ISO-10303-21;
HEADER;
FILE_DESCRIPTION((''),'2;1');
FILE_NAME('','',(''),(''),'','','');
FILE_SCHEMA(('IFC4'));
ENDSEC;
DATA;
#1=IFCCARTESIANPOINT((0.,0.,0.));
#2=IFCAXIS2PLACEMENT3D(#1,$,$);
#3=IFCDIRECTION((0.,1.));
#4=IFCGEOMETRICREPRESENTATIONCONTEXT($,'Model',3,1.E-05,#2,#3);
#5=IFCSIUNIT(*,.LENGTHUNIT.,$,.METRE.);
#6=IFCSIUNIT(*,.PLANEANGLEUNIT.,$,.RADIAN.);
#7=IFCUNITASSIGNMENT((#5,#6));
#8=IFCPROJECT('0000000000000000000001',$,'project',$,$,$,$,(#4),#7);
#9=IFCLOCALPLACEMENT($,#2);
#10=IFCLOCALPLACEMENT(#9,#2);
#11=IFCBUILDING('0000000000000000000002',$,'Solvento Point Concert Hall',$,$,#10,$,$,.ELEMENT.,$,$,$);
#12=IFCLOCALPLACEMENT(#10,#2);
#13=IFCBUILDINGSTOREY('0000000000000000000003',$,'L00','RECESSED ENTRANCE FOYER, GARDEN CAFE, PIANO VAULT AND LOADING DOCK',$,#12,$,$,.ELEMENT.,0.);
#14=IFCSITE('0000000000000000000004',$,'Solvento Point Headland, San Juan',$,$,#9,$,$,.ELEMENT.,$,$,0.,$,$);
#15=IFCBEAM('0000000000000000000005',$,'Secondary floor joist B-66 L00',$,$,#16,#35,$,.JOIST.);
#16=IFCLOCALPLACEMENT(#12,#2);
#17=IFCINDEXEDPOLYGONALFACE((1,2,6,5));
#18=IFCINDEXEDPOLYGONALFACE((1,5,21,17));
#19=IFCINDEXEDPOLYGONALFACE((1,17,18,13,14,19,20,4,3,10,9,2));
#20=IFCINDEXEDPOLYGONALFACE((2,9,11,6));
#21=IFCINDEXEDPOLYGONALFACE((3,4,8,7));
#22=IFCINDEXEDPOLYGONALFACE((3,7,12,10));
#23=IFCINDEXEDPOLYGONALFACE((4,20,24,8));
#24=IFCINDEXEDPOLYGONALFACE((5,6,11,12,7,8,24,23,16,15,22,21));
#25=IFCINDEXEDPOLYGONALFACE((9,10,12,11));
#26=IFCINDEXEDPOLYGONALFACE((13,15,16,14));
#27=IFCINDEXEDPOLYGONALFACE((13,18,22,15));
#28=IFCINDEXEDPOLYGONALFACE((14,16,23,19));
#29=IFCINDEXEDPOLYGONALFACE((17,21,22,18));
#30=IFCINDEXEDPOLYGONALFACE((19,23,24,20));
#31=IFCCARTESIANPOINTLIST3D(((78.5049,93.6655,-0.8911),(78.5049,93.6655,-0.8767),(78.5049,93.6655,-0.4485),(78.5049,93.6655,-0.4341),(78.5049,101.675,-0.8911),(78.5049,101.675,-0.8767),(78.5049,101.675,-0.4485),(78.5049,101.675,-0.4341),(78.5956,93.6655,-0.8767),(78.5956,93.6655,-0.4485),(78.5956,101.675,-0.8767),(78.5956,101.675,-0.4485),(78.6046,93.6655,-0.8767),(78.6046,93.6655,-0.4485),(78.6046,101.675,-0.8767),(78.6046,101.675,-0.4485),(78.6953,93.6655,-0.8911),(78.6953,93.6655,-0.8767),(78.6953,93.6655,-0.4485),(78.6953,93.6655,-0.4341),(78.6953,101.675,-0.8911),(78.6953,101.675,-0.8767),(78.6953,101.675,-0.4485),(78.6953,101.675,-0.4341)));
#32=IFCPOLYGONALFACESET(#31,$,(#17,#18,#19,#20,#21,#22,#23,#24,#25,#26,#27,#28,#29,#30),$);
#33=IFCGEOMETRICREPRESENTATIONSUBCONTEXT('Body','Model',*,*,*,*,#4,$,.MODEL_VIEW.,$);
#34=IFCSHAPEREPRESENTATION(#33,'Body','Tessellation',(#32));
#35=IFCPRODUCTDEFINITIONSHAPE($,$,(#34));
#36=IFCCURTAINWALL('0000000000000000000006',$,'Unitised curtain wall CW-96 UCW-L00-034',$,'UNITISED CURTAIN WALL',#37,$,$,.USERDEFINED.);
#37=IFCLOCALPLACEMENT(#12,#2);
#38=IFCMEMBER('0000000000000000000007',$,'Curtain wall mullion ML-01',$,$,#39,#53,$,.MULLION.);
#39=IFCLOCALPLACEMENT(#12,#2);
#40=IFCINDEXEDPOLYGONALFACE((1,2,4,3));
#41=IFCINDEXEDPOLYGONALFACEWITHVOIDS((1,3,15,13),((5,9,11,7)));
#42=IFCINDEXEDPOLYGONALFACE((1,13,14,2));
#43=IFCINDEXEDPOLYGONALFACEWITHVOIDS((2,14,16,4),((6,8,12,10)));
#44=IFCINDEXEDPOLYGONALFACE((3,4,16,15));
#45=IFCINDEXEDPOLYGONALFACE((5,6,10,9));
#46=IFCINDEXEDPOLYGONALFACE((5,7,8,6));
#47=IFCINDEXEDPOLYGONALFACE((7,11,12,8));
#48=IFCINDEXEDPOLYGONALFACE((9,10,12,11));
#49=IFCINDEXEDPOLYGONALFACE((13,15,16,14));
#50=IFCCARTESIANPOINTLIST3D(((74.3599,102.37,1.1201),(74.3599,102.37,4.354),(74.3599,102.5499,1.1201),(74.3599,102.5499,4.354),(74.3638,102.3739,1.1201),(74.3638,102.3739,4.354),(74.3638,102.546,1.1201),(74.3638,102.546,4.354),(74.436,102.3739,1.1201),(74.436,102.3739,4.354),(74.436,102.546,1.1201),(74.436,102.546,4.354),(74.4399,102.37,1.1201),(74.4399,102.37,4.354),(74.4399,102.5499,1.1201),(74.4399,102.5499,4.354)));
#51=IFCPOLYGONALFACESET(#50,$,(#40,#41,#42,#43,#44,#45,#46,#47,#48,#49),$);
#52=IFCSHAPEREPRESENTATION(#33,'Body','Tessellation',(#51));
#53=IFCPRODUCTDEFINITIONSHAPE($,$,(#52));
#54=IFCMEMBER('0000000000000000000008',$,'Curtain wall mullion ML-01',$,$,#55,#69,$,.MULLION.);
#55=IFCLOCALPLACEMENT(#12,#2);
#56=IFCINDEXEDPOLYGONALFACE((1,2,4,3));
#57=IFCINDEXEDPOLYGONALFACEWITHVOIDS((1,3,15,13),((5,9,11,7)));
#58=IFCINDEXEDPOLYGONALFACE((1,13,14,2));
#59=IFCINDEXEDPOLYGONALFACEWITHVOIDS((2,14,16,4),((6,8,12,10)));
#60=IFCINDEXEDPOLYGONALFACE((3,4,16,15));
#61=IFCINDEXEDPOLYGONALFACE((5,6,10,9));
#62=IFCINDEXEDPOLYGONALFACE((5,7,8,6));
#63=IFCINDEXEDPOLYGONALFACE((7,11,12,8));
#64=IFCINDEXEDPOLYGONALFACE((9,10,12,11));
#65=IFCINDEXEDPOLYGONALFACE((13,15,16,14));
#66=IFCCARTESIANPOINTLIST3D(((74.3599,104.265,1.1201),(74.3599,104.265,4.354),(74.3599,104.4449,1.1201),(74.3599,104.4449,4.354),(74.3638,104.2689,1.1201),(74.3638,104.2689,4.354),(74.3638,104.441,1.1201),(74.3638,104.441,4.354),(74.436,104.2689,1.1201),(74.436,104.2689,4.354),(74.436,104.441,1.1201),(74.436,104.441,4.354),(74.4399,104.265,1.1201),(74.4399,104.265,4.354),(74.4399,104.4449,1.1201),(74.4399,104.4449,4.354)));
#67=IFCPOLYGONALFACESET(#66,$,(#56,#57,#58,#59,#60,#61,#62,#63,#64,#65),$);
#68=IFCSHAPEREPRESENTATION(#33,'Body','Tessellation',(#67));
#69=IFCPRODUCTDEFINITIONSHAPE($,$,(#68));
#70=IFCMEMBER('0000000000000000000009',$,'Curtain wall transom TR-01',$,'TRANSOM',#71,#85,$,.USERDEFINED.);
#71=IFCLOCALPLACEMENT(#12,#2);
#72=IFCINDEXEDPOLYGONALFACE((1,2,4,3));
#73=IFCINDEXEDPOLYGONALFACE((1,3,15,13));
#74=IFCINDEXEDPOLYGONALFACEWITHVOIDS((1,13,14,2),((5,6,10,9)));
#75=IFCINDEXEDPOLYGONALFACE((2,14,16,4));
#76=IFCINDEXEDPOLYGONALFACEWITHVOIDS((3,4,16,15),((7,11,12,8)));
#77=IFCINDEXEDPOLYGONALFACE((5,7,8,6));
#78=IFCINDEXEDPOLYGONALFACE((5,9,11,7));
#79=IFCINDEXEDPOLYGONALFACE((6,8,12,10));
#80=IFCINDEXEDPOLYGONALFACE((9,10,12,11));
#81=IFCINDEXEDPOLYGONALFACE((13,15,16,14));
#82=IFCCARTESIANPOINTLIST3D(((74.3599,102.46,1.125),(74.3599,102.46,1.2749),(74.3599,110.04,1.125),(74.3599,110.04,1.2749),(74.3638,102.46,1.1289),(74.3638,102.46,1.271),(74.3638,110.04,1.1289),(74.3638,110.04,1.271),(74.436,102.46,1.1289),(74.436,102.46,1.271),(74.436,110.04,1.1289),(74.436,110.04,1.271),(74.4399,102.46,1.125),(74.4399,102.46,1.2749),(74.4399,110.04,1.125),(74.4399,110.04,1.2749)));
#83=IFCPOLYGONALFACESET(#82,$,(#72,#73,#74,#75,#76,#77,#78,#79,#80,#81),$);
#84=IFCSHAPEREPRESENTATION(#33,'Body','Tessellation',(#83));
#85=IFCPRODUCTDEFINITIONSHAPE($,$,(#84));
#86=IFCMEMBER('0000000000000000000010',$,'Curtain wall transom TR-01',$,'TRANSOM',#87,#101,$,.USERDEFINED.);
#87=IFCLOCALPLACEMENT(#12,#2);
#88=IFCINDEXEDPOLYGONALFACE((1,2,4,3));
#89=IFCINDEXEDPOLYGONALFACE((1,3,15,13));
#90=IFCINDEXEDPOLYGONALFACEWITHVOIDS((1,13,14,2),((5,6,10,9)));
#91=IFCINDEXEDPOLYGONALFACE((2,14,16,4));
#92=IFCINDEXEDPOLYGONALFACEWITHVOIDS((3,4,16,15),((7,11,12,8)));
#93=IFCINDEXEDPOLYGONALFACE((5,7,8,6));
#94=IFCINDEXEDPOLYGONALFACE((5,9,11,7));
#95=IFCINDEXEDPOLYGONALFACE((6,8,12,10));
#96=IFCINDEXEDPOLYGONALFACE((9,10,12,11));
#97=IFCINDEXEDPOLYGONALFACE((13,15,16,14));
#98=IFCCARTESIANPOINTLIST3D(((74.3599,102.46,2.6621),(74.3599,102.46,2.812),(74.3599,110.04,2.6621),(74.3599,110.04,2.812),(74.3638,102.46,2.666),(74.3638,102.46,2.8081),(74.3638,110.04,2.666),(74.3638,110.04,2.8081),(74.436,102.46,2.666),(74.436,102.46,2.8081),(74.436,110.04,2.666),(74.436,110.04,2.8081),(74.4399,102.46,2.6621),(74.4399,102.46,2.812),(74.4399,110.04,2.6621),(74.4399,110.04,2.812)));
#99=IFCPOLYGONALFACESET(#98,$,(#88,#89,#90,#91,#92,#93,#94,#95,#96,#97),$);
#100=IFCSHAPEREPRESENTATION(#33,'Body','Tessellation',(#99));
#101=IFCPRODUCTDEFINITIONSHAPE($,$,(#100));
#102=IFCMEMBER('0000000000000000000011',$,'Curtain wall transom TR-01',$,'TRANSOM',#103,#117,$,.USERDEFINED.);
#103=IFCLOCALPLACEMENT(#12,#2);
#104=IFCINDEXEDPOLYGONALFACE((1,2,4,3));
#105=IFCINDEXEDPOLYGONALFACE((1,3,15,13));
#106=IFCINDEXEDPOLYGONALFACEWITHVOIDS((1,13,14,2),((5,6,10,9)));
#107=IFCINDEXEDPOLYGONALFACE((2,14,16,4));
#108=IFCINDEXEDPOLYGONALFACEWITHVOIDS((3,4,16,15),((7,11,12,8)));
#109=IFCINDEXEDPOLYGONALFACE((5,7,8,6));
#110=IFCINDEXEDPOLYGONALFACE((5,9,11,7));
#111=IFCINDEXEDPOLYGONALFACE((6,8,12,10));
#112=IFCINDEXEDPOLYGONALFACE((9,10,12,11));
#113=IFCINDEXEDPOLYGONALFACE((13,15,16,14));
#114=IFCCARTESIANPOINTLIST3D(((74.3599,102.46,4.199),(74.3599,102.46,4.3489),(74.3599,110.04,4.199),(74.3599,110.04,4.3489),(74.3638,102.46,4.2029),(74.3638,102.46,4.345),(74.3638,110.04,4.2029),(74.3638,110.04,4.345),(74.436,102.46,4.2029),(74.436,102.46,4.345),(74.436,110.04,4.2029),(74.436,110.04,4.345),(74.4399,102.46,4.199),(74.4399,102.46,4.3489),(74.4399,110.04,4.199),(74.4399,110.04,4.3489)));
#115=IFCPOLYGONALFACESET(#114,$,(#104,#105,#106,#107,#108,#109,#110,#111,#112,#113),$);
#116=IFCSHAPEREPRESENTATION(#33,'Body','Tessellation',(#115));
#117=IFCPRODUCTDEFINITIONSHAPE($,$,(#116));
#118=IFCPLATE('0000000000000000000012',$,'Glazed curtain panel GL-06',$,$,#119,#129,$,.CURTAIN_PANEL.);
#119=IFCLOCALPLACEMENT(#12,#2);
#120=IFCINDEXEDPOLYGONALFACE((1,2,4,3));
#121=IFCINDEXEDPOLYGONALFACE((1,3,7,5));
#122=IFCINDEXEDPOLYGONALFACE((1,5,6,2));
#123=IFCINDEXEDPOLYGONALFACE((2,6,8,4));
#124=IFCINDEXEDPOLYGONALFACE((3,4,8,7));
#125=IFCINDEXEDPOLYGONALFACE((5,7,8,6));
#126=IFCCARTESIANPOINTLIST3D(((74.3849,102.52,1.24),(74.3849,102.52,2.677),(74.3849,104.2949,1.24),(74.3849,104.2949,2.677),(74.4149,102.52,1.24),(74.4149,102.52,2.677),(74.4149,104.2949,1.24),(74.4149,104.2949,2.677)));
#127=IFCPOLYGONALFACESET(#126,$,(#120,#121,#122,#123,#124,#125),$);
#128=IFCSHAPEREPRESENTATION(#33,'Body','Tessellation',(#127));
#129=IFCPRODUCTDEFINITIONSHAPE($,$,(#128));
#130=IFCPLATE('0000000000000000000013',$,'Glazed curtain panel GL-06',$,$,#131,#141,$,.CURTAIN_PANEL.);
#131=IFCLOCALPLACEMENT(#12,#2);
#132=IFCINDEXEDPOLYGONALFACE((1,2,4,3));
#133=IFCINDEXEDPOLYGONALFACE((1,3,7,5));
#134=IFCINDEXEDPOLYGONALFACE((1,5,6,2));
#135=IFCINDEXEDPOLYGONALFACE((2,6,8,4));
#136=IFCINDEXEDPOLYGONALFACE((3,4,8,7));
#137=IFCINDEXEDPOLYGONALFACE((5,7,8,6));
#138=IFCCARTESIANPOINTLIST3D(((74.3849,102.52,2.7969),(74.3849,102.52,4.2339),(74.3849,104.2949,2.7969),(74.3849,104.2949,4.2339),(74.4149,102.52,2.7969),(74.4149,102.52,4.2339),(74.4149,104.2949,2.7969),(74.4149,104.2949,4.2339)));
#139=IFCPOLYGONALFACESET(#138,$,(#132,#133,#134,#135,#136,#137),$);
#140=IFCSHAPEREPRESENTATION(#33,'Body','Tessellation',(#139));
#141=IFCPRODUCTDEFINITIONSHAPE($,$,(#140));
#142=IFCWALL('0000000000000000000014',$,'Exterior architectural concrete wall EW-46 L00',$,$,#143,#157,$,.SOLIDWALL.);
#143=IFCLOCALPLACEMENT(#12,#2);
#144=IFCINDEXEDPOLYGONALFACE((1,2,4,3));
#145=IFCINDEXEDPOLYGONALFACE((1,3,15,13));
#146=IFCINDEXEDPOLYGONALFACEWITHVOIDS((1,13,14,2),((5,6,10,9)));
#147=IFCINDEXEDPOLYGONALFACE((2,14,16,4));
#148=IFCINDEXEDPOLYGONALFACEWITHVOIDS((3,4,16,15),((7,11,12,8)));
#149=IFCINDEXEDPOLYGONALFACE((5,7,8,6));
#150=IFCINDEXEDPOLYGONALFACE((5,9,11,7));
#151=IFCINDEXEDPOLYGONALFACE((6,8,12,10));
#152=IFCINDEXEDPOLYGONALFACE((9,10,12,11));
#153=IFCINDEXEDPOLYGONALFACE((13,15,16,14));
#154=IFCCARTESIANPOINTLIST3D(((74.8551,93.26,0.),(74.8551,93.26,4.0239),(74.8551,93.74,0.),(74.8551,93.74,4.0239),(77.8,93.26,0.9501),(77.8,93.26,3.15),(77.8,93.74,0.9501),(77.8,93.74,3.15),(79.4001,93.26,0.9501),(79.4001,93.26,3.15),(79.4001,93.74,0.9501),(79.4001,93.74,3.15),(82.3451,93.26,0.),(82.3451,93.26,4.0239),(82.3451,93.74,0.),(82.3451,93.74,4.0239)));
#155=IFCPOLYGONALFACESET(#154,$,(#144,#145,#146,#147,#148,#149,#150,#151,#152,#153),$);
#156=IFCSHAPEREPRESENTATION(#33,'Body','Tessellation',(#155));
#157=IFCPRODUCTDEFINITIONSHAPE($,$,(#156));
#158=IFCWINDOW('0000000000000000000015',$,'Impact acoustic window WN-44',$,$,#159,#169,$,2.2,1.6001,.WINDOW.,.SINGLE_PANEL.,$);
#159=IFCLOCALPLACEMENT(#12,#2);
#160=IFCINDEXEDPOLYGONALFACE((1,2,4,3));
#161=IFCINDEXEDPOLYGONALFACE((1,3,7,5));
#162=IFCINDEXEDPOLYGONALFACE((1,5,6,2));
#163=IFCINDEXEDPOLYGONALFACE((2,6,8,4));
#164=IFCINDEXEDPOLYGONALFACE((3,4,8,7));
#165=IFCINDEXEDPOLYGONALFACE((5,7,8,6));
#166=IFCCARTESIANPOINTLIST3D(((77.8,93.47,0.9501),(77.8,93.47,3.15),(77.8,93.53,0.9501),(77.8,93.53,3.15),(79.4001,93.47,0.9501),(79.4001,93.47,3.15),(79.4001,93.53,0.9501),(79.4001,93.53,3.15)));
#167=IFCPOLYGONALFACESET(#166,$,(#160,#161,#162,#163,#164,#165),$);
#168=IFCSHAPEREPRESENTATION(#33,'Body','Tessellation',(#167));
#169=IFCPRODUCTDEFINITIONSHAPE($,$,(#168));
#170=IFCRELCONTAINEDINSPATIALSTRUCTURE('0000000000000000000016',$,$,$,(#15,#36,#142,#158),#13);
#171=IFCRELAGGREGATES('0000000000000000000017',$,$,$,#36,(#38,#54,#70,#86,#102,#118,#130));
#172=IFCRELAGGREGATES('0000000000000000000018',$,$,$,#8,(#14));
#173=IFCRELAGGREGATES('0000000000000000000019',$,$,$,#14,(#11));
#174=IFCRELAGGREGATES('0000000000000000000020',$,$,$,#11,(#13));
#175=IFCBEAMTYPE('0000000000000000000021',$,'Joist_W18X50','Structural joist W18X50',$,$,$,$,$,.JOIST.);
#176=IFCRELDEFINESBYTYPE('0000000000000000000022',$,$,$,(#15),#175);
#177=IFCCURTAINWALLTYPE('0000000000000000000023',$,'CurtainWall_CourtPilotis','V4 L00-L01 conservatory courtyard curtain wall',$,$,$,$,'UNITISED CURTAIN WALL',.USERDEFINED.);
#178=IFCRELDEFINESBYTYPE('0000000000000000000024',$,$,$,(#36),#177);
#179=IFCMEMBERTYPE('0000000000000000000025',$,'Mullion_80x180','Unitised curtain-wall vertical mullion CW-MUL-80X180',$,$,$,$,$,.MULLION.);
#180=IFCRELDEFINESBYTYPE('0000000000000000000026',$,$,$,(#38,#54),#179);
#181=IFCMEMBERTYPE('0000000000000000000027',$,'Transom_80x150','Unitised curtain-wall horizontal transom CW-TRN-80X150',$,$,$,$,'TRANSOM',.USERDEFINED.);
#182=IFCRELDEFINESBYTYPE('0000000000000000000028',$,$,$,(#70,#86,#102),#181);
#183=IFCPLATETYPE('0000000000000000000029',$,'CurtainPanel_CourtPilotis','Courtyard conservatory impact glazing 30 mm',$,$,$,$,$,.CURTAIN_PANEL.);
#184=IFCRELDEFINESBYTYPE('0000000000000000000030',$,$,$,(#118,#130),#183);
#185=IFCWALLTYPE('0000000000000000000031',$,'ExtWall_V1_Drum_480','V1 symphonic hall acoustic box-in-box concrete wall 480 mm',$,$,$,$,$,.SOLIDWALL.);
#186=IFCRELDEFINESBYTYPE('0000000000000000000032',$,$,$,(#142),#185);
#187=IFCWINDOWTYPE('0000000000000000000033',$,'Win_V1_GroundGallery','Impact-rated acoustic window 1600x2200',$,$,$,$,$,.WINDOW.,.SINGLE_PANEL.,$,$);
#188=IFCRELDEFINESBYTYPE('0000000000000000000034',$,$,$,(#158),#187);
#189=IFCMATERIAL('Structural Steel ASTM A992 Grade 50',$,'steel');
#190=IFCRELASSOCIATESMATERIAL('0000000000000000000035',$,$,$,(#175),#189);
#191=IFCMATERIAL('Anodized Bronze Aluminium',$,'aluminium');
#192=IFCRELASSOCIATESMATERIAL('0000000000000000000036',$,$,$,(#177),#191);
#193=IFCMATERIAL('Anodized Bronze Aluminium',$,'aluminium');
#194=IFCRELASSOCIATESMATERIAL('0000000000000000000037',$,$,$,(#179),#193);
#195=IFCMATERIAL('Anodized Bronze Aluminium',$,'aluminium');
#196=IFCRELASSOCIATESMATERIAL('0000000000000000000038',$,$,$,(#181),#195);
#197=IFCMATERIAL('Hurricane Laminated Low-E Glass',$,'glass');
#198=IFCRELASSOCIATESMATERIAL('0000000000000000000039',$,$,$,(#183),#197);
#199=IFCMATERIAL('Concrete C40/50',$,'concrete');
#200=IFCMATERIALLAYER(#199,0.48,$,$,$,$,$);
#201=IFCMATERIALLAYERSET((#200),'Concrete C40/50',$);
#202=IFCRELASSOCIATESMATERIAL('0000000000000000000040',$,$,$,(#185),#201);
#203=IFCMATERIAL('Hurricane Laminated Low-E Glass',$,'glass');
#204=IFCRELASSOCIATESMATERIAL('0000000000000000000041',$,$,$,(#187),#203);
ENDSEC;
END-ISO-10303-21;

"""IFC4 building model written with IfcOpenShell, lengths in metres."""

from ifc_helpers import new_model, si_unit, direction, frame, frame_2d, origin, origin_2d, place, context, subcontext, project, spatial, rectangle, hollow_rectangle, i_section, extrude, material, layer, layer_set, material_profile, profile_set, type_object, element, fill, aggregate, save


model = new_model("IFC4")

# Units and contexts
model_context = context("Model", 3, precision=1e-05, world=origin(), true_north=direction((0.0, 1.0)))
body_context = subcontext(model_context, "Body", "Model", "MODEL_VIEW")
ifc_project = project(units=[si_unit("LENGTHUNIT", "METRE"), si_unit("PLANEANGLEUNIT", "RADIAN")], contexts=[model_context])

# Site, building, storey
site_placement = place(None, origin())
site = spatial("IfcSite", under=ifc_project, at=site_placement, Name="Solvento Point Headland, San Juan", CompositionType="ELEMENT", RefElevation=0.0)
building_placement = place(site_placement, origin())
building = spatial("IfcBuilding", under=site, at=building_placement, Name="Solvento Point Concert Hall", CompositionType="ELEMENT")
storey_placement = place(building_placement, origin())
storey = spatial("IfcBuildingStorey", under=building, at=storey_placement, Name="L00", Description="RECESSED ENTRANCE FOYER, GARDEN CAFE, PIANO VAULT AND LOADING DOCK", CompositionType="ELEMENT", Elevation=0.0)

# Beam
ifc_material_1 = material(Name="Structural Steel ASTM A992 Grade 50", Category="steel")
ifc_material_profile_1 = material_profile(ifc_material_1, i_section(OverallWidth=0.1904, OverallDepth=0.457, WebThickness=0.009, FlangeThickness=0.0144, at=origin_2d()), Name="W18X50")
ifc_profile_set_1 = profile_set([ifc_material_profile_1], Name="Structural Steel ASTM A992 Grade 50")
beam_type_1 = type_object("IfcBeamType", Name="Joist_W18X50", Description="Structural joist W18X50", PredefinedType="JOIST", material=ifc_profile_set_1)
beam_1_placement = place(storey_placement, frame((78.6001, 93.6655, -0.6626), z_axis=(0.0, 1.0, 0.0), x_axis=(-1.0, 0.0, 0.0)))
element("IfcBeam", 1, at=beam_1_placement, inside=storey, type_object=beam_type_1, Name="Secondary floor joist B-66 L00", PredefinedType="JOIST", context=body_context, shape_type="SweptSolid", body=[
    extrude(i_section(OverallWidth=0.1904, OverallDepth=0.457, WebThickness=0.009, FlangeThickness=0.0144, at=origin_2d()), origin(), (0.0, 0.0, 1.0), 8.0095),
])

# Curtain wall, members, plates
ifc_material_2 = material(Name="Anodized Bronze Aluminium", Category="aluminium")
curtain_wall_type = type_object("IfcCurtainWallType", Name="CurtainWall_CourtPilotis", Description="V4 L00-L01 conservatory courtyard curtain wall", ElementType="UNITISED CURTAIN WALL", PredefinedType="USERDEFINED", material=ifc_material_2)
curtain_wall_placement = place(storey_placement, origin())
curtain_wall = element("IfcCurtainWall", 2, at=curtain_wall_placement, inside=storey, type_object=curtain_wall_type, Name="Unitised curtain wall CW-96 UCW-L00-034", ObjectType="UNITISED CURTAIN WALL", PredefinedType="USERDEFINED")
ifc_material_3 = material(Name="Anodized Bronze Aluminium", Category="aluminium")
ifc_material_profile_2 = material_profile(ifc_material_3, hollow_rectangle(XDim=0.0801, YDim=0.1799, WallThickness=0.0039, at=origin_2d()), Name="CW-MUL-80X180")
ifc_profile_set_2 = profile_set([ifc_material_profile_2], Name="Anodized Bronze Aluminium")
member_type_1 = type_object("IfcMemberType", Name="Mullion_80x180", Description="Unitised curtain-wall vertical mullion CW-MUL-80X180", PredefinedType="MULLION", material=ifc_profile_set_2)
member_1_placement = place(storey_placement, frame((74.3999, 102.46, 1.1201), z_axis=(0.0, 0.0, 1.0), x_axis=(1.0, 0.0, 0.0)))
member_1 = element("IfcMember", 3, at=member_1_placement, type_object=member_type_1, Name="Curtain wall mullion ML-01", PredefinedType="MULLION", context=body_context, shape_type="SweptSolid", body=[
    extrude(hollow_rectangle(XDim=0.0801, YDim=0.1799, WallThickness=0.0039, at=origin_2d()), origin(), (0.0, 0.0, 1.0), 3.2339),
])
member_2_placement = place(storey_placement, frame((74.3999, 104.355, 1.1201), z_axis=(0.0, 0.0, 1.0), x_axis=(1.0, 0.0, 0.0)))
member_2 = element("IfcMember", 4, at=member_2_placement, type_object=member_type_1, Name="Curtain wall mullion ML-01", PredefinedType="MULLION", context=body_context, shape_type="SweptSolid", body=[
    extrude(hollow_rectangle(XDim=0.0801, YDim=0.1799, WallThickness=0.0039, at=origin_2d()), origin(), (0.0, 0.0, 1.0), 3.2339),
])
ifc_material_4 = material(Name="Anodized Bronze Aluminium", Category="aluminium")
ifc_material_profile_3 = material_profile(ifc_material_4, hollow_rectangle(XDim=0.0801, YDim=0.1499, WallThickness=0.0039, at=origin_2d()), Name="CW-TRN-80X150")
ifc_profile_set_3 = profile_set([ifc_material_profile_3], Name="Anodized Bronze Aluminium")
member_type_2 = type_object("IfcMemberType", Name="Transom_80x150", Description="Unitised curtain-wall horizontal transom CW-TRN-80X150", ElementType="TRANSOM", PredefinedType="USERDEFINED", material=ifc_profile_set_3)
member_3_placement = place(storey_placement, frame((74.3999, 102.46, 1.2), z_axis=(0.0, 1.0, 0.0), x_axis=(-1.0, 0.0, 0.0)))
member_3 = element("IfcMember", 5, at=member_3_placement, type_object=member_type_2, Name="Curtain wall transom TR-01", ObjectType="TRANSOM", PredefinedType="USERDEFINED", context=body_context, shape_type="SweptSolid", body=[
    extrude(hollow_rectangle(XDim=0.0801, YDim=0.1499, WallThickness=0.0039, at=origin_2d()), origin(), (0.0, 0.0, 1.0), 7.5801),
])
member_4_placement = place(storey_placement, frame((74.3999, 102.46, 2.7371), z_axis=(0.0, 1.0, 0.0), x_axis=(-1.0, 0.0, 0.0)))
member_4 = element("IfcMember", 6, at=member_4_placement, type_object=member_type_2, Name="Curtain wall transom TR-01", ObjectType="TRANSOM", PredefinedType="USERDEFINED", context=body_context, shape_type="SweptSolid", body=[
    extrude(hollow_rectangle(XDim=0.0801, YDim=0.1499, WallThickness=0.0039, at=origin_2d()), origin(), (0.0, 0.0, 1.0), 7.5801),
])
member_5_placement = place(storey_placement, frame((74.3999, 102.46, 4.2739), z_axis=(0.0, 1.0, 0.0), x_axis=(-1.0, 0.0, 0.0)))
member_5 = element("IfcMember", 7, at=member_5_placement, type_object=member_type_2, Name="Curtain wall transom TR-01", ObjectType="TRANSOM", PredefinedType="USERDEFINED", context=body_context, shape_type="SweptSolid", body=[
    extrude(hollow_rectangle(XDim=0.0801, YDim=0.1499, WallThickness=0.0039, at=origin_2d()), origin(), (0.0, 0.0, 1.0), 7.5801),
])
ifc_material_5 = material(Name="Hurricane Laminated Low-E Glass", Category="glass")
plate_type = type_object("IfcPlateType", Name="CurtainPanel_CourtPilotis", Description="Courtyard conservatory impact glazing 30 mm", PredefinedType="CURTAIN_PANEL", material=ifc_material_5)
plate_1_placement = place(storey_placement, frame((74.3999, 103.4075, 1.24), z_axis=(0.0, 0.0, 1.0), x_axis=(0.0, 1.0, 0.0)))
plate_1 = element("IfcPlate", 8, at=plate_1_placement, type_object=plate_type, Name="Glazed curtain panel GL-06", PredefinedType="CURTAIN_PANEL", context=body_context, shape_type="SweptSolid", body=[
    extrude(rectangle(XDim=1.7749, YDim=0.03, at=origin_2d()), origin(), (0.0, 0.0, 1.0), 1.437),
])
plate_2_placement = place(storey_placement, frame((74.3999, 103.4075, 2.7969), z_axis=(0.0, 0.0, 1.0), x_axis=(0.0, 1.0, 0.0)))
plate_2 = element("IfcPlate", 9, at=plate_2_placement, type_object=plate_type, Name="Glazed curtain panel GL-06", PredefinedType="CURTAIN_PANEL", context=body_context, shape_type="SweptSolid", body=[
    extrude(rectangle(XDim=1.7749, YDim=0.03, at=origin_2d()), origin(), (0.0, 0.0, 1.0), 1.437),
])
aggregate(curtain_wall, [member_1, member_2, member_3, member_4, member_5, plate_1, plate_2])

# Wall, opening, window
ifc_material_6 = material(Name="Concrete C40/50", Category="concrete")
ifc_layer_1 = layer(ifc_material_6, 0.48)
ifc_layer_set_1 = layer_set([ifc_layer_1], Name="Concrete C40/50")
wall_type_1 = type_object("IfcWallType", Name="ExtWall_V1_Drum_480", Description="V1 symphonic hall acoustic box-in-box concrete wall 480 mm", PredefinedType="SOLIDWALL", material=ifc_layer_set_1)
wall_1_placement = place(storey_placement, frame((74.855, 93.5, 0.0), z_axis=(0.0, 0.0, 1.0), x_axis=(1.0, 0.0, 0.0)))
wall_1 = element("IfcWall", 10, at=wall_1_placement, inside=storey, type_object=wall_type_1, Name="Exterior architectural concrete wall EW-46 L00", PredefinedType="SOLIDWALL", context=body_context, shape_type="SweptSolid", body=[
    extrude(rectangle(XDim=7.49, YDim=0.48, at=frame_2d((3.7451, 0.0))), origin(), (0.0, 0.0, 1.0), 4.0239),
])
opening_1_placement = place(wall_1_placement, frame((2.9451, 0.0, 0.95)))
opening_1 = element("IfcOpeningElement", 11, at=opening_1_placement, cuts=wall_1, PredefinedType="OPENING", context=body_context, shape_type="SweptSolid", body=[
    extrude(rectangle(XDim=1.6001, YDim=2.2, at=frame_2d((0.8, 1.1001))), frame((0.0, 0.25, 0.0), z_axis=(0.0, -1.0, 0.0), x_axis=(1.0, 0.0, 0.0)), (0.0, 0.0, 1.0), 0.5),
])
ifc_material_7 = material(Name="Hurricane Laminated Low-E Glass", Category="glass")
window_type_1 = type_object("IfcWindowType", Name="Win_V1_GroundGallery", Description="Impact-rated acoustic window 1600x2200", PartitioningType="SINGLE_PANEL", PredefinedType="WINDOW", material=ifc_material_7)
window_1_placement = place(opening_1_placement, origin())
window_1 = element("IfcWindow", 12, at=window_1_placement, inside=storey, type_object=window_type_1, Name="Impact acoustic window WN-44", OverallHeight=2.2, OverallWidth=1.6001, PartitioningType="SINGLE_PANEL", PredefinedType="WINDOW", context=body_context, shape_type="SweptSolid", body=[
    extrude(rectangle(XDim=1.6001, YDim=2.2, at=frame_2d((0.8, 1.1001))), frame((0.0, 0.03, 0.0), z_axis=(0.0, -1.0, 0.0), x_axis=(1.0, 0.0, 0.0)), (0.0, 0.0, 1.0), 0.0601),
])
fill(opening_1, window_1)

save(model, "model.ifc")
